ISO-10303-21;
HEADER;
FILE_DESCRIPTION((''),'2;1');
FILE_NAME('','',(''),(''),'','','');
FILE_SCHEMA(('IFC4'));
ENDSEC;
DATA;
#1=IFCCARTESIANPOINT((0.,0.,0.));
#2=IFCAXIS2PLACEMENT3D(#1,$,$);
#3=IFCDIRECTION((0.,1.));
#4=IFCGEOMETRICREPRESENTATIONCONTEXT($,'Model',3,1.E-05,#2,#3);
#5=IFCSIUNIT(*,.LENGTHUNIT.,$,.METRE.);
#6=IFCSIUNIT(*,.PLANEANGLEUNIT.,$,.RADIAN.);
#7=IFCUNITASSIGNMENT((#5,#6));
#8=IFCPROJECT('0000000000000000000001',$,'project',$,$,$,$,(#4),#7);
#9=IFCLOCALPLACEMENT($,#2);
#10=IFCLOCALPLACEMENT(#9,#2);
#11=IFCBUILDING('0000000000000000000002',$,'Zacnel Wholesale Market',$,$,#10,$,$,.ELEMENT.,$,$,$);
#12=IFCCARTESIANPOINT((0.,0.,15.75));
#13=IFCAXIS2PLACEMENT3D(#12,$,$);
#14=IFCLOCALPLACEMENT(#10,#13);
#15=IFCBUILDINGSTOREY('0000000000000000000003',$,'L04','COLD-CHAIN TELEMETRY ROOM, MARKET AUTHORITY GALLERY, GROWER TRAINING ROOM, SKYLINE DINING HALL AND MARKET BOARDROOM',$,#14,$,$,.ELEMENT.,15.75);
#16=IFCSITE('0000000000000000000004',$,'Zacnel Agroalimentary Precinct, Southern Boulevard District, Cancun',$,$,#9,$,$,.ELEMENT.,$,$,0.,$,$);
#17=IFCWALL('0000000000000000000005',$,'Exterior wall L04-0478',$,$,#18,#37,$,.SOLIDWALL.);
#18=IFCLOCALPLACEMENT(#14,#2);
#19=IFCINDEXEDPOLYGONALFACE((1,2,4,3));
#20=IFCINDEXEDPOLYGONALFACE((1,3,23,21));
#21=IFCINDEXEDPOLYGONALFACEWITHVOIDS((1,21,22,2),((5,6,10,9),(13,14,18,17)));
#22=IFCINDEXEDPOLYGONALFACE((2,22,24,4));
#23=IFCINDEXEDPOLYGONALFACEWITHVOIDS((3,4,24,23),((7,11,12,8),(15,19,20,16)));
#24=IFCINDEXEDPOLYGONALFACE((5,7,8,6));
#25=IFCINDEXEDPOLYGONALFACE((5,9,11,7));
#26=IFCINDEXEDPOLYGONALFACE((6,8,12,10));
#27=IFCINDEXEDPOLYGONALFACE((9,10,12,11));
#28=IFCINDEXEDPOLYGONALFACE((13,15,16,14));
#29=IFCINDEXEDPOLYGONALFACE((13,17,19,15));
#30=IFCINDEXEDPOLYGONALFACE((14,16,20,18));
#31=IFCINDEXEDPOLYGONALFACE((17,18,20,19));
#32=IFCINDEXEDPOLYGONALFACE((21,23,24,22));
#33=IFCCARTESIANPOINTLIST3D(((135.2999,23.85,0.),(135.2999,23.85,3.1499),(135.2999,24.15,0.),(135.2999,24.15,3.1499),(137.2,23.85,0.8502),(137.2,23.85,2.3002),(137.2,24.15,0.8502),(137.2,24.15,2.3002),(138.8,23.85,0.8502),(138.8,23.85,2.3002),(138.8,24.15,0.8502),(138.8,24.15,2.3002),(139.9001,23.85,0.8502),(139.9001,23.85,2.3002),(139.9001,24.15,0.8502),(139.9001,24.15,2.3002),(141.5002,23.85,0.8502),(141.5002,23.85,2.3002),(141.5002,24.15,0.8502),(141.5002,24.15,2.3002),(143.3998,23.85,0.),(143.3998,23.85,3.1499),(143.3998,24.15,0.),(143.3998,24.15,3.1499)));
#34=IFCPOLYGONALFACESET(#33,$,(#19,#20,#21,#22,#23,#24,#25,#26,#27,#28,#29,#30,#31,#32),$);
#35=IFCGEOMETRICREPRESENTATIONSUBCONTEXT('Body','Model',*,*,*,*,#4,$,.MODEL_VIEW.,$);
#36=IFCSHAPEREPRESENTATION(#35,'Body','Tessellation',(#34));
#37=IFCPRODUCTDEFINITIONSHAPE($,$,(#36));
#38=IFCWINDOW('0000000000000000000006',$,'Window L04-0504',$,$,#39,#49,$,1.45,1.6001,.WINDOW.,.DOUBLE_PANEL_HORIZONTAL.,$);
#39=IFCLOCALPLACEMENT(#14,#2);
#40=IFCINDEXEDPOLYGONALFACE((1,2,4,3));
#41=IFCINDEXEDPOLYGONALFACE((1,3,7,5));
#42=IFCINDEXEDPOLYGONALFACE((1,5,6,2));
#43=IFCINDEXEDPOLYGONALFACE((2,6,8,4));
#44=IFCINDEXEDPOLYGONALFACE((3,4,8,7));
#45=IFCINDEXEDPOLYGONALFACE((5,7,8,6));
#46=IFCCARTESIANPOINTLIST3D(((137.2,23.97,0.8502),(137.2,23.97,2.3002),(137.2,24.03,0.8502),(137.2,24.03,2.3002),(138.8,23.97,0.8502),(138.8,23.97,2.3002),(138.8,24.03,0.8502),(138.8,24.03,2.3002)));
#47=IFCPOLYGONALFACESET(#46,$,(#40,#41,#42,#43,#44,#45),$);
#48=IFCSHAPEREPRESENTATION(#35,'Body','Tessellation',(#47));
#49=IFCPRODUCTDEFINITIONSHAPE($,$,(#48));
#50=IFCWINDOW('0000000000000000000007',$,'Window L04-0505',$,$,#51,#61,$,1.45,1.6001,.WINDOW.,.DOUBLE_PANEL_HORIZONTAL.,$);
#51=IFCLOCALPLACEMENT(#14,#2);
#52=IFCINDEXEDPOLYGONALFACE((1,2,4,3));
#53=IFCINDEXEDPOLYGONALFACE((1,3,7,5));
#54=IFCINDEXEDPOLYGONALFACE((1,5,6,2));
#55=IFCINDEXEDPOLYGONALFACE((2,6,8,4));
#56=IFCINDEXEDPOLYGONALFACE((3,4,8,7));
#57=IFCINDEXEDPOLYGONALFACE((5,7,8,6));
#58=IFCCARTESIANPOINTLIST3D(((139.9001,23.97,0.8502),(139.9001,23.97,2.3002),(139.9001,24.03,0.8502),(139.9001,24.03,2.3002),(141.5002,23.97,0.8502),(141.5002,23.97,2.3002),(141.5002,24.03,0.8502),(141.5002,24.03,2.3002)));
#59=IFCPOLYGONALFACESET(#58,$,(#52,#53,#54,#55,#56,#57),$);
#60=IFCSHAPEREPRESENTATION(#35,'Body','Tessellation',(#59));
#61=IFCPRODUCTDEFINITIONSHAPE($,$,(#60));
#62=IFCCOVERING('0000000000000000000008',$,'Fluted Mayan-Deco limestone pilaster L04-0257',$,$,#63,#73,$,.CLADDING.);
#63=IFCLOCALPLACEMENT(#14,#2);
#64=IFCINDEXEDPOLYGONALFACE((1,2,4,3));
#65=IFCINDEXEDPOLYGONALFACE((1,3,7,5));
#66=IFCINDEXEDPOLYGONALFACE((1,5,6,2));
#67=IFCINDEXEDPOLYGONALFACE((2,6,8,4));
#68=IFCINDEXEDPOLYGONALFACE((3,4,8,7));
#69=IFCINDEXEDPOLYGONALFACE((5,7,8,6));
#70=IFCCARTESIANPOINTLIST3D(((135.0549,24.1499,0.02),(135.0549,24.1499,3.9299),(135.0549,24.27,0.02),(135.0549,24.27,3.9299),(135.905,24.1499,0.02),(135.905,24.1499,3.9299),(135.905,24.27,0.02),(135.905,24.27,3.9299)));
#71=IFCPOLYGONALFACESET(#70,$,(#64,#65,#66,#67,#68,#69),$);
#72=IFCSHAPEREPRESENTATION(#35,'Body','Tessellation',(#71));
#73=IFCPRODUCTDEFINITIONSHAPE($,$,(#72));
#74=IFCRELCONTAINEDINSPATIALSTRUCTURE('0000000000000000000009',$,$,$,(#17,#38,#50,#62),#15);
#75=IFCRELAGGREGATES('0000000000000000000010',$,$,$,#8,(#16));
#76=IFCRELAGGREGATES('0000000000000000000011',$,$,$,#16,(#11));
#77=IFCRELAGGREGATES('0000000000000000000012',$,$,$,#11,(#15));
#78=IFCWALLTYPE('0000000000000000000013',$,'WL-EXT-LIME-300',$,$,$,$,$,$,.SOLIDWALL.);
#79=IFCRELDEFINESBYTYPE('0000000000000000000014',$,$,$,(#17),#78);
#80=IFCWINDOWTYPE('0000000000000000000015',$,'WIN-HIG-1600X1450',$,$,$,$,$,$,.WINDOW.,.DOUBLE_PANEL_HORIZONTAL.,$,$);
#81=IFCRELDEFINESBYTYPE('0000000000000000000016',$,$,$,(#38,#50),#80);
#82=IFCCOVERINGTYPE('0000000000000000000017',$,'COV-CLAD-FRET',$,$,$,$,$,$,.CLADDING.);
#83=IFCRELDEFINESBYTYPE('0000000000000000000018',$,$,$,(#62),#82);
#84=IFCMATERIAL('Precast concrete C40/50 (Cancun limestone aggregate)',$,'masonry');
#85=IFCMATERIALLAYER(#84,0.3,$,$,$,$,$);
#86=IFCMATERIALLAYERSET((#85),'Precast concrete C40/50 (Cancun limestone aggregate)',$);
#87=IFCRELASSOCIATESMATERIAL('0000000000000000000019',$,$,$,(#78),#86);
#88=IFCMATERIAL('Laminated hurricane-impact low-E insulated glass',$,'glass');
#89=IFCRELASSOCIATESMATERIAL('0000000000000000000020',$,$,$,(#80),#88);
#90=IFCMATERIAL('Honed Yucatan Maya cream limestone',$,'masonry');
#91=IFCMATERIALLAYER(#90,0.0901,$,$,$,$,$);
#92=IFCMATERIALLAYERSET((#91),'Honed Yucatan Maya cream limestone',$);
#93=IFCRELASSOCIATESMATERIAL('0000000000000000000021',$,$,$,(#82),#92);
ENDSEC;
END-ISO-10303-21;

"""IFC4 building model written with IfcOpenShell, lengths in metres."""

from ifc_helpers import new_model, si_unit, direction, frame, frame_2d, origin, origin_2d, place, context, subcontext, project, spatial, rectangle, extrude, material, layer, layer_set, type_object, element, fill, save


model = new_model("IFC4")

# Units and contexts
model_context = context("Model", 3, precision=1e-05, world=origin(), true_north=direction((0.0, 1.0)))
body_context = subcontext(model_context, "Body", "Model", "MODEL_VIEW")
ifc_project = project(units=[si_unit("LENGTHUNIT", "METRE"), si_unit("PLANEANGLEUNIT", "RADIAN")], contexts=[model_context])

# Site, building, storey
site_placement = place(None, origin())
site = spatial("IfcSite", under=ifc_project, at=site_placement, Name="Zacnel Agroalimentary Precinct, Southern Boulevard District, Cancun", CompositionType="ELEMENT", RefElevation=0.0)
building_placement = place(site_placement, origin())
building = spatial("IfcBuilding", under=site, at=building_placement, Name="Zacnel Wholesale Market", CompositionType="ELEMENT")
storey_placement = place(building_placement, frame((0.0, 0.0, 15.75)))
storey = spatial("IfcBuildingStorey", under=building, at=storey_placement, Name="L04", Description="COLD-CHAIN TELEMETRY ROOM, MARKET AUTHORITY GALLERY, GROWER TRAINING ROOM, SKYLINE DINING HALL AND MARKET BOARDROOM", CompositionType="ELEMENT", Elevation=15.75)

# Wall, openings, windows
ifc_material_1 = material(Name="Precast concrete C40/50 (Cancun limestone aggregate)", Category="masonry")
ifc_layer_1 = layer(ifc_material_1, 0.3)
ifc_layer_set_1 = layer_set([ifc_layer_1], Name="Precast concrete C40/50 (Cancun limestone aggregate)")
wall_type = type_object("IfcWallType", Name="WL-EXT-LIME-300", PredefinedType="SOLIDWALL", material=ifc_layer_set_1)
wall_1_placement = place(storey_placement, frame((135.3, 24.0, 0.0), z_axis=(0.0, 0.0, 1.0), x_axis=(1.0, 0.0, 0.0)))
wall_1 = element("IfcWall", 1, at=wall_1_placement, inside=storey, type_object=wall_type, Name="Exterior wall L04-0478", PredefinedType="SOLIDWALL", context=body_context, shape_type="SweptSolid", body=[
    extrude(rectangle(XDim=8.0999, YDim=0.3, at=frame_2d((4.0498, 0.0))), origin(), (0.0, 0.0, 1.0), 3.1499),
])
opening_1_placement = place(wall_1_placement, frame((1.8999, 0.0, 0.8501)))
opening_1 = element("IfcOpeningElement", 2, at=opening_1_placement, cuts=wall_1, PredefinedType="OPENING", context=body_context, shape_type="SweptSolid", body=[
    extrude(rectangle(XDim=1.6001, YDim=1.45, at=frame_2d((0.8, 0.7251))), frame((0.0, 0.1599, 0.0), z_axis=(0.0, -1.0, 0.0), x_axis=(1.0, 0.0, 0.0)), (0.0, 0.0, 1.0), 0.3201),
])
opening_2_placement = place(wall_1_placement, frame((4.6001, 0.0, 0.8501)))
opening_2 = element("IfcOpeningElement", 3, at=opening_2_placement, cuts=wall_1, PredefinedType="OPENING", context=body_context, shape_type="SweptSolid", body=[
    extrude(rectangle(XDim=1.6001, YDim=1.45, at=frame_2d((0.8, 0.7251))), frame((0.0, 0.1599, 0.0), z_axis=(0.0, -1.0, 0.0), x_axis=(1.0, 0.0, 0.0)), (0.0, 0.0, 1.0), 0.3201),
])
ifc_material_2 = material(Name="Laminated hurricane-impact low-E insulated glass", Category="glass")
window_type = type_object("IfcWindowType", Name="WIN-HIG-1600X1450", PartitioningType="DOUBLE_PANEL_HORIZONTAL", PredefinedType="WINDOW", material=ifc_material_2)
window_1_placement = place(opening_1_placement, origin())
window_1 = element("IfcWindow", 4, at=window_1_placement, inside=storey, type_object=window_type, Name="Window L04-0504", OverallHeight=1.45, OverallWidth=1.6001, PartitioningType="DOUBLE_PANEL_HORIZONTAL", PredefinedType="WINDOW", context=body_context, shape_type="SweptSolid", body=[
    extrude(rectangle(XDim=1.6001, YDim=1.45, at=frame_2d((0.8, 0.7251))), frame((0.0, 0.03, 0.0), z_axis=(0.0, -1.0, 0.0), x_axis=(1.0, 0.0, 0.0)), (0.0, 0.0, 1.0), 0.0601),
])
fill(opening_1, window_1)
window_2_placement = place(opening_2_placement, origin())
window_2 = element("IfcWindow", 5, at=window_2_placement, inside=storey, type_object=window_type, Name="Window L04-0505", OverallHeight=1.45, OverallWidth=1.6001, PartitioningType="DOUBLE_PANEL_HORIZONTAL", PredefinedType="WINDOW", context=body_context, shape_type="SweptSolid", body=[
    extrude(rectangle(XDim=1.6001, YDim=1.45, at=frame_2d((0.8, 0.7251))), frame((0.0, 0.03, 0.0), z_axis=(0.0, -1.0, 0.0), x_axis=(1.0, 0.0, 0.0)), (0.0, 0.0, 1.0), 0.0601),
])
fill(opening_2, window_2)

# Covering
ifc_material_3 = material(Name="Honed Yucatan Maya cream limestone", Category="masonry")
ifc_layer_2 = layer(ifc_material_3, 0.0901)
ifc_layer_set_2 = layer_set([ifc_layer_2], Name="Honed Yucatan Maya cream limestone")
covering_type = type_object("IfcCoveringType", Name="COV-CLAD-FRET", PredefinedType="CLADDING", material=ifc_layer_set_2)
covering_placement = place(storey_placement, frame((135.48, 24.21, 0.02), z_axis=(0.0, 0.0, 1.0), x_axis=(1.0, 0.0, 0.0)))
element("IfcCovering", 6, at=covering_placement, inside=storey, type_object=covering_type, Name="Fluted Mayan-Deco limestone pilaster L04-0257", PredefinedType="CLADDING", context=body_context, shape_type="SweptSolid", body=[
    extrude(rectangle(XDim=0.8501, YDim=0.1201, at=origin_2d()), origin(), (0.0, 0.0, 1.0), 3.9099),
])

save(model, "model.ifc")
